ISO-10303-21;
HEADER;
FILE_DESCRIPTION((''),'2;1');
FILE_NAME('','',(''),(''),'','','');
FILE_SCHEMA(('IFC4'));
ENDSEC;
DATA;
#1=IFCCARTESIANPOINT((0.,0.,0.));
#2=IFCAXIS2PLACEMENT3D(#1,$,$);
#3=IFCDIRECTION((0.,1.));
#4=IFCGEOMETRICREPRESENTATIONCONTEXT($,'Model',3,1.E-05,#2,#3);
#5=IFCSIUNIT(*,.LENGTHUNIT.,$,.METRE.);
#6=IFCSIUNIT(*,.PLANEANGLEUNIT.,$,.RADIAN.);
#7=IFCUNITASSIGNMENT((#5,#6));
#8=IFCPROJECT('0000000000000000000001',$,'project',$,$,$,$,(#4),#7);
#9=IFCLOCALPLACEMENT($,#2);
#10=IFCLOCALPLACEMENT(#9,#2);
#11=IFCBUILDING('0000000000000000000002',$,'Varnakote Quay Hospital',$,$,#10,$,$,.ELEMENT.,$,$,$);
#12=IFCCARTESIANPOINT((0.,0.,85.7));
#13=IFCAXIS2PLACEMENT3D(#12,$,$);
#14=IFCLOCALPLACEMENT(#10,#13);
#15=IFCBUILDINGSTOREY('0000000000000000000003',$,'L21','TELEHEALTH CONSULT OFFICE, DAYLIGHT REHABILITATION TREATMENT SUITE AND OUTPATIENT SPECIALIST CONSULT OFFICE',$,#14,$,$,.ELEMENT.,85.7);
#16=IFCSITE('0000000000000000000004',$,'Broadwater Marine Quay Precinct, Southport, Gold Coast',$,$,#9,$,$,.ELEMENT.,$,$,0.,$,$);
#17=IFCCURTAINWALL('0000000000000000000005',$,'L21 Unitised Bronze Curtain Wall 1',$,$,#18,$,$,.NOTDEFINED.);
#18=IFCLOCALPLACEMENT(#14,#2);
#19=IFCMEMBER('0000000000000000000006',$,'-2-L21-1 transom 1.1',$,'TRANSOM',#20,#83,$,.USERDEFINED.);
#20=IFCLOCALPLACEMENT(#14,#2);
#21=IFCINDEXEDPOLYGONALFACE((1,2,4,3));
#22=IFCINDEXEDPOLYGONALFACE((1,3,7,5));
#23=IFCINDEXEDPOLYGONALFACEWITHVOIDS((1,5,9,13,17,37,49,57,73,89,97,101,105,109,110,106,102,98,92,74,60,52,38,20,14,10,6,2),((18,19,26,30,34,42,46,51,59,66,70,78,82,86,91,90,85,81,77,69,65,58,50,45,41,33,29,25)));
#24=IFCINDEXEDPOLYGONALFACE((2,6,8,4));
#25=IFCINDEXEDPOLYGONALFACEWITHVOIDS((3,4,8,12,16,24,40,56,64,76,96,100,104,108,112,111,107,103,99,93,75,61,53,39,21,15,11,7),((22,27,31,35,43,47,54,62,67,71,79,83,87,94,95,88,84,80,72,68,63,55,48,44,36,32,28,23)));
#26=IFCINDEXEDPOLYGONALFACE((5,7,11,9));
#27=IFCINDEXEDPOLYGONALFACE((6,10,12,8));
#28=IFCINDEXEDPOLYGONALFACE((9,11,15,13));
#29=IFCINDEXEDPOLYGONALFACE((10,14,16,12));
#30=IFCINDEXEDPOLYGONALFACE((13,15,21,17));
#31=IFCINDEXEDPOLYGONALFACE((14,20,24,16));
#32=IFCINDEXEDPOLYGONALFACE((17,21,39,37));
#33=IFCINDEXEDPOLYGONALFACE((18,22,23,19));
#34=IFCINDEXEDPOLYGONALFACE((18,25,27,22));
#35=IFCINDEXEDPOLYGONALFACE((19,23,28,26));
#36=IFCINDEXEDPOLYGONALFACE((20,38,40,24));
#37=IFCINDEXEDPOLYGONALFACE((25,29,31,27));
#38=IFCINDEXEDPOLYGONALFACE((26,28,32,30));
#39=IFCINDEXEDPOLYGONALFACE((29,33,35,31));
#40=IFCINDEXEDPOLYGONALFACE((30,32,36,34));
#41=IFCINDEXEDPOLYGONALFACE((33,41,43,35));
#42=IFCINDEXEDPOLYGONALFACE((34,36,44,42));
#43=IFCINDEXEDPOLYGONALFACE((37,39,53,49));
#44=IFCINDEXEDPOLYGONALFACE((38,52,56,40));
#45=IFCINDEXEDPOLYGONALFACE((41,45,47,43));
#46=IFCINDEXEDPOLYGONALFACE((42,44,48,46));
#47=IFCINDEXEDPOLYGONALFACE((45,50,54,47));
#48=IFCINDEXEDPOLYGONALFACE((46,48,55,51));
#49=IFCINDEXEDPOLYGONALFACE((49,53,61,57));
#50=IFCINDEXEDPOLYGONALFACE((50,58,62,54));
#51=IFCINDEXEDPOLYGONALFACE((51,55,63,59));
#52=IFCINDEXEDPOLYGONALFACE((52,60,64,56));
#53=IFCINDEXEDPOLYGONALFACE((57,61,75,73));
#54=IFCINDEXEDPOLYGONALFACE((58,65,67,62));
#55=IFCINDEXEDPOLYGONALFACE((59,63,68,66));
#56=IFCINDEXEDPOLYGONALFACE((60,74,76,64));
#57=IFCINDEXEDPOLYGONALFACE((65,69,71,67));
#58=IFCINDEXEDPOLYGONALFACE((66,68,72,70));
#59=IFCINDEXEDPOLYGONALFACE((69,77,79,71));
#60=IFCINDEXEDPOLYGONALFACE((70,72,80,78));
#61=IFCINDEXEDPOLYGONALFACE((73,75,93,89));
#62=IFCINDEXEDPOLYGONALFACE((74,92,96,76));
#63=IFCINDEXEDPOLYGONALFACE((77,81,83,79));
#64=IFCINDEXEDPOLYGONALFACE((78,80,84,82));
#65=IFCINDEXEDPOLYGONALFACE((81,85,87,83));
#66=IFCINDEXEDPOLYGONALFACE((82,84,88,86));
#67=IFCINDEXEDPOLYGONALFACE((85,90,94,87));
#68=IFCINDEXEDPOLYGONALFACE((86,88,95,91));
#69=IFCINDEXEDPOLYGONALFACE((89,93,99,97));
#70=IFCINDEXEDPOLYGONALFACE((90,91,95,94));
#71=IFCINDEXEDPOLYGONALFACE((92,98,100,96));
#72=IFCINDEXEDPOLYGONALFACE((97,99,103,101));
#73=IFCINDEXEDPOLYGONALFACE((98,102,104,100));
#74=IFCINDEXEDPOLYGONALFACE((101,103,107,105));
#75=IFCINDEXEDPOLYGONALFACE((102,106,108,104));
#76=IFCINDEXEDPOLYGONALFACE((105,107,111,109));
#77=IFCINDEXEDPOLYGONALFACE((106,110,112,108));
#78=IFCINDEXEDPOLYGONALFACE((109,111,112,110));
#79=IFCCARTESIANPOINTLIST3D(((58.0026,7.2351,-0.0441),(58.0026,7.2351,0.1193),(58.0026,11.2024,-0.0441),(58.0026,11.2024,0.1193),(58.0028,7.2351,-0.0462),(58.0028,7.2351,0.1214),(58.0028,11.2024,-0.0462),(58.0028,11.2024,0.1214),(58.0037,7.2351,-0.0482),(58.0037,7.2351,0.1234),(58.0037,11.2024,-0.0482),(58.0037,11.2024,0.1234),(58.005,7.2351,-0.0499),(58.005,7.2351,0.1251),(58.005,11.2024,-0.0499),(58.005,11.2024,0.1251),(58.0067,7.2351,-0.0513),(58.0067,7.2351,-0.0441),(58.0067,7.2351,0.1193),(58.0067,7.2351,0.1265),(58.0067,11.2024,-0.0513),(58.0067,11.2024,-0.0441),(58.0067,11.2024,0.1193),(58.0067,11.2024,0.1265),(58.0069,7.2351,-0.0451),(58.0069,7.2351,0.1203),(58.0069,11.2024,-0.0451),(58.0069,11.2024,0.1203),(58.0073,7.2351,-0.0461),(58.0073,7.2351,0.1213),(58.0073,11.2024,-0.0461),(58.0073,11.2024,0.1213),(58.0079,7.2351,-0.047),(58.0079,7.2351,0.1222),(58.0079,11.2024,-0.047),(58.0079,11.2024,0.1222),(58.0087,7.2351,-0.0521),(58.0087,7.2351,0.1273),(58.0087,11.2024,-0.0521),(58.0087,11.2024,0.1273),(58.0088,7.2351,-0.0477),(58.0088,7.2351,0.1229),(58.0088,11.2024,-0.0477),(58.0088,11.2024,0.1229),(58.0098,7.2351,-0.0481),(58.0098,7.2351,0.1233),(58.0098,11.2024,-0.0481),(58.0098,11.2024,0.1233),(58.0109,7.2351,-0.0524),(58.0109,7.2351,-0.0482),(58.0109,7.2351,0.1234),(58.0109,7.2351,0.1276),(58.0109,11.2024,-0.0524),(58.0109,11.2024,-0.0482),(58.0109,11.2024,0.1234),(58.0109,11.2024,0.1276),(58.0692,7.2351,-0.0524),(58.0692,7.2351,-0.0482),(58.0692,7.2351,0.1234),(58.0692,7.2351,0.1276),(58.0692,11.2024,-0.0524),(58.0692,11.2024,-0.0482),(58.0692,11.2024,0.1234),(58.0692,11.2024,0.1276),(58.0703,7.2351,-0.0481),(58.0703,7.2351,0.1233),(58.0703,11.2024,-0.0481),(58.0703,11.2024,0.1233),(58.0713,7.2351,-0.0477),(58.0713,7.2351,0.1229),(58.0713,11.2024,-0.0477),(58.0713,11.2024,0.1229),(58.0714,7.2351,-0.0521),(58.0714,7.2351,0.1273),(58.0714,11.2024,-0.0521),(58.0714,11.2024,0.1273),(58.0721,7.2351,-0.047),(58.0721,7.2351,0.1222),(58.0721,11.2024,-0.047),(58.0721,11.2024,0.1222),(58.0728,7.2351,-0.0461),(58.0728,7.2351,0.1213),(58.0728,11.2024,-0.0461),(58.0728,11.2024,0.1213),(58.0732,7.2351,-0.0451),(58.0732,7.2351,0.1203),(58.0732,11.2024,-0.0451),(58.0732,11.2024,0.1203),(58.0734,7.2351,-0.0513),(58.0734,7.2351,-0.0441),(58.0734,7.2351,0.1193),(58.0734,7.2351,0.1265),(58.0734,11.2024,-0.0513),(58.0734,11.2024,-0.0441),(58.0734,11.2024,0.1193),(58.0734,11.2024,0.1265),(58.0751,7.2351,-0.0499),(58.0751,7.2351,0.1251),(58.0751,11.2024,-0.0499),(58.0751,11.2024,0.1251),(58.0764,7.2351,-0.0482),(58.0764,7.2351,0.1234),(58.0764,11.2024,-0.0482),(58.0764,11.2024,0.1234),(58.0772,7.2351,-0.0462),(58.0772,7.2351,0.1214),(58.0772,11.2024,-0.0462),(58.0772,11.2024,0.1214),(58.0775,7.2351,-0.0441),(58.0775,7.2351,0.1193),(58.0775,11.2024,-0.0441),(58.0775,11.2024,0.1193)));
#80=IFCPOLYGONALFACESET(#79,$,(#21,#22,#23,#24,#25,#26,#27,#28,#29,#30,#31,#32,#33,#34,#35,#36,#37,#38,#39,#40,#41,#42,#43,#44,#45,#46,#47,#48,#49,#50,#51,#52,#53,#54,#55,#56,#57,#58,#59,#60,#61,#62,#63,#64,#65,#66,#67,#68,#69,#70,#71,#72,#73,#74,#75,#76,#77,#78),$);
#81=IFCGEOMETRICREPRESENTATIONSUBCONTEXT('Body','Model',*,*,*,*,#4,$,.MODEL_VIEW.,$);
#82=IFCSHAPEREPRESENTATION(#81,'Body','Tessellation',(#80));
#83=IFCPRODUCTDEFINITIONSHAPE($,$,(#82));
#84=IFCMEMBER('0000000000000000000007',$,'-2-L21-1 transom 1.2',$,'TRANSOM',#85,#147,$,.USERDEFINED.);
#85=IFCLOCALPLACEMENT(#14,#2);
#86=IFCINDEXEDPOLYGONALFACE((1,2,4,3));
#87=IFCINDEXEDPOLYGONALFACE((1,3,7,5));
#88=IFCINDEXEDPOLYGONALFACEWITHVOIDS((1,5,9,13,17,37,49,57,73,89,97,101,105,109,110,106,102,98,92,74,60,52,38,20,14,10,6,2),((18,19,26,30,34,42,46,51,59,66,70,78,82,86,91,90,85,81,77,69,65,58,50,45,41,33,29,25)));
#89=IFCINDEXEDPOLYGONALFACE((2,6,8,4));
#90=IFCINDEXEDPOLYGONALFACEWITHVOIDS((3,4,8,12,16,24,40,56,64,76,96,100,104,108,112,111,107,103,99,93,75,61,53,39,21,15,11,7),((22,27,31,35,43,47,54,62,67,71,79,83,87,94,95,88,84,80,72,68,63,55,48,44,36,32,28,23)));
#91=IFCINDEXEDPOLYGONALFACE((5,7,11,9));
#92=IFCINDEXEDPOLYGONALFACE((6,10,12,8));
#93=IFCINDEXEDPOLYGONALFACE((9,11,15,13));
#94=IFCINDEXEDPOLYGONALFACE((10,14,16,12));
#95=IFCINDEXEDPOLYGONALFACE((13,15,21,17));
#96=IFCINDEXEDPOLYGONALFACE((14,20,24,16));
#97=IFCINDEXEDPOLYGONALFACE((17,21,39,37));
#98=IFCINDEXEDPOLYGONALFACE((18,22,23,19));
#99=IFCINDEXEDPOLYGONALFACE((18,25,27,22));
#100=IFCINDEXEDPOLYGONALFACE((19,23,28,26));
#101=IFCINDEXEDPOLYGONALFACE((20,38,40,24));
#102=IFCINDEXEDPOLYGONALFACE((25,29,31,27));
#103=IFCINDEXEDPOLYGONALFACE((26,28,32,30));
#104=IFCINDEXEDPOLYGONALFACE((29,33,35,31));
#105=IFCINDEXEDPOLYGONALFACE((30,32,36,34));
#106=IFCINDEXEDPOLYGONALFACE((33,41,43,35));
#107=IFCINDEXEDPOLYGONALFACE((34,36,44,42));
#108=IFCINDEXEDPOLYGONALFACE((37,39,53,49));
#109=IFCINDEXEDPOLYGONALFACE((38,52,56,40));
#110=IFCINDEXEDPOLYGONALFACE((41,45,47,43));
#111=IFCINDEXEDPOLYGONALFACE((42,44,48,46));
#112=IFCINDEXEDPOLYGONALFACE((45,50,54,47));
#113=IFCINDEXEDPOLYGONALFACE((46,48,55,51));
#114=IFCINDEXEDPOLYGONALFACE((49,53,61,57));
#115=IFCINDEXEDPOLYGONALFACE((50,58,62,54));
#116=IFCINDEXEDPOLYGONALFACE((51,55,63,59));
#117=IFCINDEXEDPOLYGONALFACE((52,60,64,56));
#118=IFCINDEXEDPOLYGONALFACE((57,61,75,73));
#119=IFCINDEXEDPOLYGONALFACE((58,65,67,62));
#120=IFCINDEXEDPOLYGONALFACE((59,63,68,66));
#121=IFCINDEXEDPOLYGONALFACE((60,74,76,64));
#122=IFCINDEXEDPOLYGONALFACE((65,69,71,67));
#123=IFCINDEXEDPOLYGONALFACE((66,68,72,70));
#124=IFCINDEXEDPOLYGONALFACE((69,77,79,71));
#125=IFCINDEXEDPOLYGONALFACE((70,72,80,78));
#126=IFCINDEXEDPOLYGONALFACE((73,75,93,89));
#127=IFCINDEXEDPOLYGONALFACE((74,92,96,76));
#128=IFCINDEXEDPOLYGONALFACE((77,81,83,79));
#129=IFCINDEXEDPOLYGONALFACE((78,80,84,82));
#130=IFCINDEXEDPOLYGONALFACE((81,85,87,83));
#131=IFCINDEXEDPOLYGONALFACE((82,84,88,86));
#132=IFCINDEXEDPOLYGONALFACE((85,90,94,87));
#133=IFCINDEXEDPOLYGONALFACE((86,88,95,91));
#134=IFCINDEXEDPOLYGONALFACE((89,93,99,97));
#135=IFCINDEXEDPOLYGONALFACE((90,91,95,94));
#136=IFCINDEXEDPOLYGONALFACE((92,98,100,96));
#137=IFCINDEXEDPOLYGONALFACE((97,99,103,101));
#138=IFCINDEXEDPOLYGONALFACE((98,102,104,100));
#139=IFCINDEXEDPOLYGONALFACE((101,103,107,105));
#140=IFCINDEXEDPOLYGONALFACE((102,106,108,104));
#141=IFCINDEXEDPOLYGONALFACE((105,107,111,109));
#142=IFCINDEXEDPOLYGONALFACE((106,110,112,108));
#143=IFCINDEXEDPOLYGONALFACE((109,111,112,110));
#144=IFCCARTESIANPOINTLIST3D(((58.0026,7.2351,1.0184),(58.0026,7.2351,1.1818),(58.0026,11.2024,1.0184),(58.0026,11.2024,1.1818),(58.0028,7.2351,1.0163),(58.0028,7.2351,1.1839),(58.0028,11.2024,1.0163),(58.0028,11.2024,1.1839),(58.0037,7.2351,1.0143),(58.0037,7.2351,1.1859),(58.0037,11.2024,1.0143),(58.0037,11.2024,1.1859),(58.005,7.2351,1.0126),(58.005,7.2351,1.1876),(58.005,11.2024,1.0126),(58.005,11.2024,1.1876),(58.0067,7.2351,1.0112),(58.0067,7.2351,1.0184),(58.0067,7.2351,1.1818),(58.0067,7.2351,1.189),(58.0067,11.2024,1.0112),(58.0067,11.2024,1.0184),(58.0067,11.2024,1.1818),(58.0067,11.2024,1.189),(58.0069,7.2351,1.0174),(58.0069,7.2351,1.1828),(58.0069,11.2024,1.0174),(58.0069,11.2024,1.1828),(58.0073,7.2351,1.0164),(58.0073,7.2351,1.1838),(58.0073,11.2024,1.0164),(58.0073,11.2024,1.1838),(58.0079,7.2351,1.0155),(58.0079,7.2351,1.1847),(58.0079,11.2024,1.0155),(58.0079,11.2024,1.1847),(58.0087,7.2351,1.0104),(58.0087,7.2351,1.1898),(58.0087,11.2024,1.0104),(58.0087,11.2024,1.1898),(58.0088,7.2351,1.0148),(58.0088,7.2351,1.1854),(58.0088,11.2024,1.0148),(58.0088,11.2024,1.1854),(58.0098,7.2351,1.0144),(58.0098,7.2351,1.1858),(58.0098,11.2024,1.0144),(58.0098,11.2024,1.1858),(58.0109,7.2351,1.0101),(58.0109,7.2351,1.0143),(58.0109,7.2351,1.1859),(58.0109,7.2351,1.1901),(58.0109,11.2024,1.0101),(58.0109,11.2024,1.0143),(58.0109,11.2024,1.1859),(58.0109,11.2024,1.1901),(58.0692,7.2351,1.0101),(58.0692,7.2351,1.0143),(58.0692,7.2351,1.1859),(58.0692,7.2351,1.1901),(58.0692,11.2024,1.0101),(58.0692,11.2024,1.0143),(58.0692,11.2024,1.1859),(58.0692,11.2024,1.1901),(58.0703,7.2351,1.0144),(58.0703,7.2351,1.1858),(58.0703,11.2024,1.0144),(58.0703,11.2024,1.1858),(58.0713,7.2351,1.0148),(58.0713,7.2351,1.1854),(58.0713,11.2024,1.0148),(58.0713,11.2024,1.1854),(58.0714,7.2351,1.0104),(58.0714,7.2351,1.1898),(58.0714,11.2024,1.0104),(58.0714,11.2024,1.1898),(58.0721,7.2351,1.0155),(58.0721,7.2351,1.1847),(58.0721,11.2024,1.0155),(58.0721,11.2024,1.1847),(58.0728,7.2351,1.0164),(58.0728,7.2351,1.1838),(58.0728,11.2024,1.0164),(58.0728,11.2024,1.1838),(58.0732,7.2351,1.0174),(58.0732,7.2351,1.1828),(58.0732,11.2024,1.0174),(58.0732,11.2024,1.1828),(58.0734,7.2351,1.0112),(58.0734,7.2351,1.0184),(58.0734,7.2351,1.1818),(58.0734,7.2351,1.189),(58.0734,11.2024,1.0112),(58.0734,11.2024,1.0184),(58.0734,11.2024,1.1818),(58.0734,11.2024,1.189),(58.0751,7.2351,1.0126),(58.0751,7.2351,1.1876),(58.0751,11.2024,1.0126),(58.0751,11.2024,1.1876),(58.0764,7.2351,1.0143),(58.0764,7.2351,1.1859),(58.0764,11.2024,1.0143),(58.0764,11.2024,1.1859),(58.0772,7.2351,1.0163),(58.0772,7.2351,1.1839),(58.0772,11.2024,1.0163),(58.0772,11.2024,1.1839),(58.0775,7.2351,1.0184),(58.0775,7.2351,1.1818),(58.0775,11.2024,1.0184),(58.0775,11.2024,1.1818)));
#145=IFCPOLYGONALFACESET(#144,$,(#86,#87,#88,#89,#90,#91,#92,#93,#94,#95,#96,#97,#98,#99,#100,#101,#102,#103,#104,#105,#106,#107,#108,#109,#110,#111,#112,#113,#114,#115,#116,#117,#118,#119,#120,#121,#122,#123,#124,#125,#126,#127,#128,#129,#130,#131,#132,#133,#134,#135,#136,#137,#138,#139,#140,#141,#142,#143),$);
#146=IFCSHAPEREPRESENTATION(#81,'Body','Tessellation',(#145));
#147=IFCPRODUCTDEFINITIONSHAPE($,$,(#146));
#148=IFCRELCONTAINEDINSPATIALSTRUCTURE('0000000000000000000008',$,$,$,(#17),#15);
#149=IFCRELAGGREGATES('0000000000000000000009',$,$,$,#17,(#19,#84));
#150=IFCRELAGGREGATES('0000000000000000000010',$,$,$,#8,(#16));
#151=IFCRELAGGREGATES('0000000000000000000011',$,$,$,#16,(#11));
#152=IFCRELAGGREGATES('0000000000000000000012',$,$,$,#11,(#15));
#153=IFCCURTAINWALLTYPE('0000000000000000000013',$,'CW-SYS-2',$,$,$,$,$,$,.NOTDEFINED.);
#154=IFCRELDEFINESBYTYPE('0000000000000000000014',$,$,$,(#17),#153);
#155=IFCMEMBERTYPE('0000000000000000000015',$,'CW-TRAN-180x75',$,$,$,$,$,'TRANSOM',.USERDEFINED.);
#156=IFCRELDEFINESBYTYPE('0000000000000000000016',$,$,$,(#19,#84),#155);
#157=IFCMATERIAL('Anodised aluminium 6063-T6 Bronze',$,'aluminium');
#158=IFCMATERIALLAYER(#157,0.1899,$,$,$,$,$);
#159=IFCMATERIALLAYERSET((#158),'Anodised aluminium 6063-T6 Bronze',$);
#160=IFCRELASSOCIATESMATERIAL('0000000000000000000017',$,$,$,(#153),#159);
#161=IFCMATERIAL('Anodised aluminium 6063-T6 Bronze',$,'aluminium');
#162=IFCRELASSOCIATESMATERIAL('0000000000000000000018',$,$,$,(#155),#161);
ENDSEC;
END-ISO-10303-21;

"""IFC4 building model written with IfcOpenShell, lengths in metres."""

from ifc_helpers import new_model, si_unit, direction, frame, origin, origin_2d, place, context, subcontext, project, spatial, hollow_rectangle, extrude, material, layer, layer_set, material_profile, profile_set, type_object, element, aggregate, save


model = new_model("IFC4")

# Units and contexts
model_context = context("Model", 3, precision=1e-05, world=origin(), true_north=direction((0.0, 1.0)))
body_context = subcontext(model_context, "Body", "Model", "MODEL_VIEW")
ifc_project = project(units=[si_unit("LENGTHUNIT", "METRE"), si_unit("PLANEANGLEUNIT", "RADIAN")], contexts=[model_context])

# Site, building, storey
site_placement = place(None, origin())
site = spatial("IfcSite", under=ifc_project, at=site_placement, Name="Broadwater Marine Quay Precinct, Southport, Gold Coast", CompositionType="ELEMENT", RefElevation=0.0)
building_placement = place(site_placement, origin())
building = spatial("IfcBuilding", under=site, at=building_placement, Name="Varnakote Quay Hospital", CompositionType="ELEMENT")
storey_placement = place(building_placement, frame((0.0, 0.0, 85.7)))
storey = spatial("IfcBuildingStorey", under=building, at=storey_placement, Name="L21", Description="TELEHEALTH CONSULT OFFICE, DAYLIGHT REHABILITATION TREATMENT SUITE AND OUTPATIENT SPECIALIST CONSULT OFFICE", CompositionType="ELEMENT", Elevation=85.7)

# Curtain wall, members
ifc_material_1 = material(Name="Anodised aluminium 6063-T6 Bronze", Category="aluminium")
ifc_layer_1 = layer(ifc_material_1, 0.1899)
ifc_layer_set_1 = layer_set([ifc_layer_1], Name="Anodised aluminium 6063-T6 Bronze")
curtain_wall_type = type_object("IfcCurtainWallType", Name="CW-SYS-2", PredefinedType="NOTDEFINED", material=ifc_layer_set_1)
curtain_wall_placement = place(storey_placement, origin())
curtain_wall = element("IfcCurtainWall", 1, at=curtain_wall_placement, inside=storey, type_object=curtain_wall_type, Name="L21 Unitised Bronze Curtain Wall 1", PredefinedType="NOTDEFINED")
ifc_material_2 = material(Name="Anodised aluminium 6063-T6 Bronze", Category="aluminium")
ifc_material_profile_1 = material_profile(ifc_material_2, hollow_rectangle(XDim=0.075, YDim=0.1799, WallThickness=0.0042, InnerFilletRadius=0.0042, OuterFilletRadius=0.0083, at=origin_2d()), Name="CW-TRAN-180x75")
ifc_profile_set_1 = profile_set([ifc_material_profile_1], Name="Anodised aluminium 6063-T6 Bronze")
member_type_1 = type_object("IfcMemberType", Name="CW-TRAN-180x75", ElementType="TRANSOM", PredefinedType="USERDEFINED", material=ifc_profile_set_1)
member_1_placement = place(storey_placement, frame((58.04, 7.2351, 0.0376), z_axis=(0.0, 1.0, 0.0), x_axis=(-1.0, 0.0, 0.0)))
member_1 = element("IfcMember", 2, at=member_1_placement, type_object=member_type_1, Name="-2-L21-1 transom 1.1", ObjectType="TRANSOM", PredefinedType="USERDEFINED", context=body_context, shape_type="SweptSolid", body=[
    extrude(hollow_rectangle(XDim=0.075, YDim=0.1799, WallThickness=0.0042, InnerFilletRadius=0.0042, OuterFilletRadius=0.0083, at=origin_2d()), origin(), (0.0, 0.0, 1.0), 3.9673),
])
member_2_placement = place(storey_placement, frame((58.04, 7.2351, 1.1001), z_axis=(0.0, 1.0, 0.0), x_axis=(-1.0, 0.0, 0.0)))
member_2 = element("IfcMember", 3, at=member_2_placement, type_object=member_type_1, Name="-2-L21-1 transom 1.2", ObjectType="TRANSOM", PredefinedType="USERDEFINED", context=body_context, shape_type="SweptSolid", body=[
    extrude(hollow_rectangle(XDim=0.075, YDim=0.1799, WallThickness=0.0042, InnerFilletRadius=0.0042, OuterFilletRadius=0.0083, at=origin_2d()), origin(), (0.0, 0.0, 1.0), 3.9673),
])
aggregate(curtain_wall, [member_1, member_2])

save(model, "model.ifc")
